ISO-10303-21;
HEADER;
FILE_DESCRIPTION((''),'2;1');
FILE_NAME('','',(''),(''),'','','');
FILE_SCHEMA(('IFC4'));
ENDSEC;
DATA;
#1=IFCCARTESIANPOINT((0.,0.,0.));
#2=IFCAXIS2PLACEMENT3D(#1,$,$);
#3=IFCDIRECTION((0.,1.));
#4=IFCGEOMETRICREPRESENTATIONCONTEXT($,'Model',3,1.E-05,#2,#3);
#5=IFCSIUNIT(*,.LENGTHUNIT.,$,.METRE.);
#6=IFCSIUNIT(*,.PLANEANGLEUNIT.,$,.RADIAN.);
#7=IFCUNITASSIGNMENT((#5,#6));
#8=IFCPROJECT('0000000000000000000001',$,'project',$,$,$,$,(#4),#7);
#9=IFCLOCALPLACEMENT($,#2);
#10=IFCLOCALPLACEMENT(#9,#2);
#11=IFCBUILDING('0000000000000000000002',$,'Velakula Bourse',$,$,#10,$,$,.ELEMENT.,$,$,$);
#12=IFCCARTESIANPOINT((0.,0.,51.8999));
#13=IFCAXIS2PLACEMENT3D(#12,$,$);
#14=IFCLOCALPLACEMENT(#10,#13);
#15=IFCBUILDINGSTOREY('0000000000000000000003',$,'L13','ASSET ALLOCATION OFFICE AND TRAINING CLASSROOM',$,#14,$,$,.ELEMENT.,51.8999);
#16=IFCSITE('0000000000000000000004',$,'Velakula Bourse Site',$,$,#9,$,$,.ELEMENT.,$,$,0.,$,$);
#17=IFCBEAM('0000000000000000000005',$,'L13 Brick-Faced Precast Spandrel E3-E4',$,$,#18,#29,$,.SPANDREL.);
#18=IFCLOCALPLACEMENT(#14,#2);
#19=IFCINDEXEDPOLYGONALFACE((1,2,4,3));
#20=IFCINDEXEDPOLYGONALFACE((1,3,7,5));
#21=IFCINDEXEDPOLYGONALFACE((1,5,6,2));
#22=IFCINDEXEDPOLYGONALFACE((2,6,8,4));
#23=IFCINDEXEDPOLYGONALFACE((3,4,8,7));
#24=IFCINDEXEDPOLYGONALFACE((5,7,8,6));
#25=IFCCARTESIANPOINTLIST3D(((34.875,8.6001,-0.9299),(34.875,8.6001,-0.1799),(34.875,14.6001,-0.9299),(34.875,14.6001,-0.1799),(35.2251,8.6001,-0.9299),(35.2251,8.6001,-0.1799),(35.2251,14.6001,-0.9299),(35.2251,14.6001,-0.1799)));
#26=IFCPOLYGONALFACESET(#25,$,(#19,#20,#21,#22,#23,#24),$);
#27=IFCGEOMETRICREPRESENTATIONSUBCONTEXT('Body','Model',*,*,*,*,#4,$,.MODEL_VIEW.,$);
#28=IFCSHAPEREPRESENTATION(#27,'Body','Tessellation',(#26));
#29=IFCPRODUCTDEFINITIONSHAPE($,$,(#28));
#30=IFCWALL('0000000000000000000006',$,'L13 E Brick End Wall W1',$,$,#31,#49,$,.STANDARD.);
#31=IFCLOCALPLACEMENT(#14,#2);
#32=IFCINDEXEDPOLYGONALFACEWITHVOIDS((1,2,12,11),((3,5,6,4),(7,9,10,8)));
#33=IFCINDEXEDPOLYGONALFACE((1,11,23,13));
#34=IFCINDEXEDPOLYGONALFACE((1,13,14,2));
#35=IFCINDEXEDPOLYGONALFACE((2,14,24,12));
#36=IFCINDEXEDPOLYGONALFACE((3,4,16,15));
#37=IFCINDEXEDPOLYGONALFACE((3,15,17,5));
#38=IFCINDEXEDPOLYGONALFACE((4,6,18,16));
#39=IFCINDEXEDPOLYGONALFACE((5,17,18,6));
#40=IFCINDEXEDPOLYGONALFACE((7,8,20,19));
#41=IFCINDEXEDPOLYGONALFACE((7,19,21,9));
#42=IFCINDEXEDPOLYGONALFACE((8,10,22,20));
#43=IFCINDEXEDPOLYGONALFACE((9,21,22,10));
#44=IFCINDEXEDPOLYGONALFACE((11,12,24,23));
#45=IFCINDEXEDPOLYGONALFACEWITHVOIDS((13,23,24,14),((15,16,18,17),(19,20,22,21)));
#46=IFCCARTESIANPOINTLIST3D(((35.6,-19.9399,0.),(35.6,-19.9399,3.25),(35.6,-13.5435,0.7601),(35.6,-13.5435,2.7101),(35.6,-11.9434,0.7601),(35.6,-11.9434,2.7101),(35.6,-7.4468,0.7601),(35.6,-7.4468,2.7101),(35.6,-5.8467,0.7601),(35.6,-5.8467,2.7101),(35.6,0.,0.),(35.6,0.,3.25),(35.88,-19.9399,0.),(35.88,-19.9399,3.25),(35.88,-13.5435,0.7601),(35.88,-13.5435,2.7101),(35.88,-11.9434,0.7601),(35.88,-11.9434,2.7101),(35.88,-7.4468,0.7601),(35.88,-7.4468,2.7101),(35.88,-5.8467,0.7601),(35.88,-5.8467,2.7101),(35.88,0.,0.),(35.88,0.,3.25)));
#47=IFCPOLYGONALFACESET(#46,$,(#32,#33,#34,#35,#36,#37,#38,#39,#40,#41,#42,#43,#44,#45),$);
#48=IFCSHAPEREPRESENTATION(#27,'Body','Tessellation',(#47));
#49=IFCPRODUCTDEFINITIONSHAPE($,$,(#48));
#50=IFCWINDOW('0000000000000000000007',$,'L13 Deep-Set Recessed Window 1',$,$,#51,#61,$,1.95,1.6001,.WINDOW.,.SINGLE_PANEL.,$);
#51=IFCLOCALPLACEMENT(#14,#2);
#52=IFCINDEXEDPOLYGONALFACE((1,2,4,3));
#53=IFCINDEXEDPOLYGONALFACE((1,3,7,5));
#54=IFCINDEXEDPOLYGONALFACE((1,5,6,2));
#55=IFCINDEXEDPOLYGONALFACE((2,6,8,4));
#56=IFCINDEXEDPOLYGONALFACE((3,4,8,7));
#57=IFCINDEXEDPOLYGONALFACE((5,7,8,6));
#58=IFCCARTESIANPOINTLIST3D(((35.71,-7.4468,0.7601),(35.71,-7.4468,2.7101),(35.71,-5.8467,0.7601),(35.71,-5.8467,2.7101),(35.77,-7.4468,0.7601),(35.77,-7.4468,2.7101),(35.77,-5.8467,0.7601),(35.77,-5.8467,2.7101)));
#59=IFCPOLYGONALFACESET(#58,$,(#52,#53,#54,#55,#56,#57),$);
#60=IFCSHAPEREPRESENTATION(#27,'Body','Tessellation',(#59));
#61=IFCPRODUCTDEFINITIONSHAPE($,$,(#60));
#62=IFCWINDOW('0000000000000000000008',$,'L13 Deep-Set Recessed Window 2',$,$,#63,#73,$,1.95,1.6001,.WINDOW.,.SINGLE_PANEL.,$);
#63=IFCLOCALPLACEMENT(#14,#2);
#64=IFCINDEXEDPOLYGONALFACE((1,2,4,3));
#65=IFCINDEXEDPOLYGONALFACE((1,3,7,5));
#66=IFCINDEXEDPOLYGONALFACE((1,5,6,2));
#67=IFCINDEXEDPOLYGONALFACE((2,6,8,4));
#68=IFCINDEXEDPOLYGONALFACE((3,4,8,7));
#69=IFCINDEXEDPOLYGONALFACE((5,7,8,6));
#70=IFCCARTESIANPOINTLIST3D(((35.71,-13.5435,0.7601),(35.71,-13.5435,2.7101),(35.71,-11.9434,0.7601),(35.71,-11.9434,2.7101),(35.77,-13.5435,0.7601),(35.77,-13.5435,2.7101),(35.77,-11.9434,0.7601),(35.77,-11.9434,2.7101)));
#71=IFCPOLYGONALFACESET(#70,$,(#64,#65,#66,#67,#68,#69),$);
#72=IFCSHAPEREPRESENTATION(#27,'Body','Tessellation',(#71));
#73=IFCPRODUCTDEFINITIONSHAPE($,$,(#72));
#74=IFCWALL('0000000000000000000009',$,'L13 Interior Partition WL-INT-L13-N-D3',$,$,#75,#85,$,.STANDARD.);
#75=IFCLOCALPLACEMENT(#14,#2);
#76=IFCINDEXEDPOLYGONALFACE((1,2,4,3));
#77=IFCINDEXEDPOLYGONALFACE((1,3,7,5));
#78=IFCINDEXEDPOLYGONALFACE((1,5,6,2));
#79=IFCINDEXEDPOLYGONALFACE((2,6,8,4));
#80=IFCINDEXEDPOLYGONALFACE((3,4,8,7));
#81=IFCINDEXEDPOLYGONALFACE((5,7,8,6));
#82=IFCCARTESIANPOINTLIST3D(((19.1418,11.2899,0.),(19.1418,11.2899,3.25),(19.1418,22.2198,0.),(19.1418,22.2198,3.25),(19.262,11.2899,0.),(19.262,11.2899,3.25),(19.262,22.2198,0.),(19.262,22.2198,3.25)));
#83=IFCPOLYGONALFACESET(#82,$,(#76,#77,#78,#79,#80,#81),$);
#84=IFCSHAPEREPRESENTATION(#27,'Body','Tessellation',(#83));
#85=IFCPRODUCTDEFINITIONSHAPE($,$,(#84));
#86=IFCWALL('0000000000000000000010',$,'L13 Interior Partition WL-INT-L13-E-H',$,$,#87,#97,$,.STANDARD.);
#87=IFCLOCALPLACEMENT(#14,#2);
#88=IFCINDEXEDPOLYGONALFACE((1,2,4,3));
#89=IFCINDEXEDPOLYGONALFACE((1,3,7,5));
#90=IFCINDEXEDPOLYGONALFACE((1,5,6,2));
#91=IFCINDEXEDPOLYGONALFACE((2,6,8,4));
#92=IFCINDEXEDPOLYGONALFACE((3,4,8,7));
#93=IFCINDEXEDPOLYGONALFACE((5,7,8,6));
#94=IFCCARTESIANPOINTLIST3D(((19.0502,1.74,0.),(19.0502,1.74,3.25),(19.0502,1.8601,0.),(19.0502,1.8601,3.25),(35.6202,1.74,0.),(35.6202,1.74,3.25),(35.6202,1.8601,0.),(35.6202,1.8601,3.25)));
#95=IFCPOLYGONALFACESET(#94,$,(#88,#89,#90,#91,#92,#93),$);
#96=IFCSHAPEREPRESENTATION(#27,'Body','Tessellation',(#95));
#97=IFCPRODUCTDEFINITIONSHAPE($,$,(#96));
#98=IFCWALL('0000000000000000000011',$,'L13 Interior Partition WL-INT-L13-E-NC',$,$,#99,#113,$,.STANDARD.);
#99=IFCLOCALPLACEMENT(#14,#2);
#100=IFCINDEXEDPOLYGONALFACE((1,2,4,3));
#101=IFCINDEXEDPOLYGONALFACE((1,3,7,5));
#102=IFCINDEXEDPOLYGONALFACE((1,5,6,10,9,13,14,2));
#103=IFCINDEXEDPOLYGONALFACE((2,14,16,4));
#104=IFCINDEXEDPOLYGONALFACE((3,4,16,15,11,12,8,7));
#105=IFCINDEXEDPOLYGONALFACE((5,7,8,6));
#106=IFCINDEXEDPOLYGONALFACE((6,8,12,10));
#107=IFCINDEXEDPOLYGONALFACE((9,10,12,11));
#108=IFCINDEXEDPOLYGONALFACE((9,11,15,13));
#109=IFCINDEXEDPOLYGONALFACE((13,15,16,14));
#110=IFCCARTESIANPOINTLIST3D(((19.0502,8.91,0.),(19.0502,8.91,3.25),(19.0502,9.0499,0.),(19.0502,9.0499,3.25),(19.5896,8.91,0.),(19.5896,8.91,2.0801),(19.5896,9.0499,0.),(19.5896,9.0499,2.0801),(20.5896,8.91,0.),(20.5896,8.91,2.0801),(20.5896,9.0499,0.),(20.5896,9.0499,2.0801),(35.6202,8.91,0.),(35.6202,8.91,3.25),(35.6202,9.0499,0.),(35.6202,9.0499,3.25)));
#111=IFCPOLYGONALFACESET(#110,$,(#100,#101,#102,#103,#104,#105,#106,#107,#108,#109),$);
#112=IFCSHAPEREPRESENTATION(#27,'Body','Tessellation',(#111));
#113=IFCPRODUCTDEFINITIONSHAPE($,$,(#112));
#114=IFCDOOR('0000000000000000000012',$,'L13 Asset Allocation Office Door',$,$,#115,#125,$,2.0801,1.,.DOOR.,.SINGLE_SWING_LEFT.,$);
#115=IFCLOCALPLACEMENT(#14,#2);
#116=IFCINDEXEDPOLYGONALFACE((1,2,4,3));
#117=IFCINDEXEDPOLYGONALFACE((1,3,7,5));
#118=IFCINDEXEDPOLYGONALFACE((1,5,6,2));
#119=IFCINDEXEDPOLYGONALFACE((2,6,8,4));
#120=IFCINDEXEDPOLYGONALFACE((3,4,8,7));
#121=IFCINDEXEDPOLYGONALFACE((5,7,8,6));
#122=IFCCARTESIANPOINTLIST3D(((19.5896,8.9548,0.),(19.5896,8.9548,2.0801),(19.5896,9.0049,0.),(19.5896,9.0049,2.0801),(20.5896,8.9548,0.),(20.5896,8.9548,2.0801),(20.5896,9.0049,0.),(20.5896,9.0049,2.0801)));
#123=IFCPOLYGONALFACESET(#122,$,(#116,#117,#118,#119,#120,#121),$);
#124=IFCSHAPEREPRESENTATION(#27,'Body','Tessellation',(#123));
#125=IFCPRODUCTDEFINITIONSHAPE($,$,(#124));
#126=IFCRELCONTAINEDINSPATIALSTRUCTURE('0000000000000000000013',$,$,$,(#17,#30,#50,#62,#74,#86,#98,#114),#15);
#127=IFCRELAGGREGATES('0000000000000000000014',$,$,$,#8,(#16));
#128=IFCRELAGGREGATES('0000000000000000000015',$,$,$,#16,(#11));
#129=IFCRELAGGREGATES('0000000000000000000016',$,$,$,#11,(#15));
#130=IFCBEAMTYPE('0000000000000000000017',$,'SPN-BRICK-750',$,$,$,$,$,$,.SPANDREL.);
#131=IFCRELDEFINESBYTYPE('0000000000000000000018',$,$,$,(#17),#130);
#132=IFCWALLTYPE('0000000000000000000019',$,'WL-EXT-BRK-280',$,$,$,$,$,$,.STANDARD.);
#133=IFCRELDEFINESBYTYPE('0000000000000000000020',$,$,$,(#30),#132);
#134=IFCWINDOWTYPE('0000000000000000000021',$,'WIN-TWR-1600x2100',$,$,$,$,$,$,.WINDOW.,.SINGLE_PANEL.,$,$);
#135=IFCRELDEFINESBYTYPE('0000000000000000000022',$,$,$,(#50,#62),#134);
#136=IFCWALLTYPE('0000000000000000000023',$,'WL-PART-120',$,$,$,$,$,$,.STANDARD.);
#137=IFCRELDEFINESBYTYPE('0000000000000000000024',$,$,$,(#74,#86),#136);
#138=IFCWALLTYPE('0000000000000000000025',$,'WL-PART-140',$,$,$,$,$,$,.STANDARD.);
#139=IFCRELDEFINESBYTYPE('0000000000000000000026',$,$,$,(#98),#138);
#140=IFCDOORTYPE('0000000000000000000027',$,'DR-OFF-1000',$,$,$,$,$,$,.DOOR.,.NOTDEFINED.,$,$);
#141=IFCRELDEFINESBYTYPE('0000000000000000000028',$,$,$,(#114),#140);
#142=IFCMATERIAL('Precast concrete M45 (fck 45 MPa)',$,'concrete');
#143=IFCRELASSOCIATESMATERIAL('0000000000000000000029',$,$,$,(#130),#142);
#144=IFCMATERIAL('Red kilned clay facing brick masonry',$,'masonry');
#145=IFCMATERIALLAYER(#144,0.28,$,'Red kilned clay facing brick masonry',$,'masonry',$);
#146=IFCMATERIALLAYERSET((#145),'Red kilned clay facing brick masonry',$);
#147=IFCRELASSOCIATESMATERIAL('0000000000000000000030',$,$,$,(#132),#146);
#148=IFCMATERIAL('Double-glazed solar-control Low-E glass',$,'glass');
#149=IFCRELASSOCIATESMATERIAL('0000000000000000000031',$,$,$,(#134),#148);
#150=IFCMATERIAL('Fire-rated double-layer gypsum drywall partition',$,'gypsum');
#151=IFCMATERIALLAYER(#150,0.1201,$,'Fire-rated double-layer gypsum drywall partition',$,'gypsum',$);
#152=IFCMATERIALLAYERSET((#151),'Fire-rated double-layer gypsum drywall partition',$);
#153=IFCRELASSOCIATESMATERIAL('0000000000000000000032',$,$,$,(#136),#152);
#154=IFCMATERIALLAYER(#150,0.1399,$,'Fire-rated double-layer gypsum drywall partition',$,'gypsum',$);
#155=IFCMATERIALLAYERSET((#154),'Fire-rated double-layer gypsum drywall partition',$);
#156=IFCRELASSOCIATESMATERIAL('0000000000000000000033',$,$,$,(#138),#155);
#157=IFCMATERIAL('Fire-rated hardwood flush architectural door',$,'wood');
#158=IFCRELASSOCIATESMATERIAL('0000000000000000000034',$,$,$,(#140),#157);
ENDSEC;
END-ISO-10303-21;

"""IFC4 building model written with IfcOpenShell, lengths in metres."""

from ifc_helpers import new_model, si_unit, direction, frame, frame_2d, origin, origin_2d, place, context, subcontext, project, spatial, rectangle, extrude, material, layer, layer_set, material_profile, profile_set, type_object, element, fill, save


model = new_model("IFC4")

# Units and contexts
model_context = context("Model", 3, precision=1e-05, world=origin(), true_north=direction((0.0, 1.0)))
body_context = subcontext(model_context, "Body", "Model", "MODEL_VIEW")
ifc_project = project(units=[si_unit("LENGTHUNIT", "METRE"), si_unit("PLANEANGLEUNIT", "RADIAN")], contexts=[model_context])

# Site, building, storey
site_placement = place(None, origin())
site = spatial("IfcSite", under=ifc_project, at=site_placement, Name="Velakula Bourse Site", CompositionType="ELEMENT", RefElevation=0.0)
building_placement = place(site_placement, origin())
building = spatial("IfcBuilding", under=site, at=building_placement, Name="Velakula Bourse", CompositionType="ELEMENT")
storey_placement = place(building_placement, frame((0.0, 0.0, 51.8999)))
storey = spatial("IfcBuildingStorey", under=building, at=storey_placement, Name="L13", Description="ASSET ALLOCATION OFFICE AND TRAINING CLASSROOM", CompositionType="ELEMENT", Elevation=51.8999)

# Beam
ifc_material_1 = material(Name="Precast concrete M45 (fck 45 MPa)", Category="concrete")
ifc_material_profile_1 = material_profile(ifc_material_1, rectangle(XDim=0.3501, YDim=0.75, at=origin_2d()), Name="Precast concrete M45 (fck 45 MPa)")
ifc_profile_set_1 = profile_set([ifc_material_profile_1], Name="Precast concrete M45 (fck 45 MPa)")
beam_type_1 = type_object("IfcBeamType", Name="SPN-BRICK-750", PredefinedType="SPANDREL", material=ifc_profile_set_1)
beam_1_placement = place(storey_placement, frame((35.05, 8.6001, -0.5549), z_axis=(0.0, 1.0, 0.0), x_axis=(-1.0, 0.0, 0.0)))
element("IfcBeam", 1, at=beam_1_placement, inside=storey, type_object=beam_type_1, Name="L13 Brick-Faced Precast Spandrel E3-E4", PredefinedType="SPANDREL", context=body_context, shape_type="SweptSolid", body=[
    extrude(rectangle(XDim=0.3501, YDim=0.75, at=origin_2d()), origin(), (0.0, 0.0, 1.0), 6.0),
])

# Wall, openings, windows
ifc_material_2 = material(Name="Red kilned clay facing brick masonry", Category="masonry")
ifc_layer_1 = layer(ifc_material_2, 0.28, Name="Red kilned clay facing brick masonry", Category="masonry")
ifc_layer_set_1 = layer_set([ifc_layer_1], Name="Red kilned clay facing brick masonry")
wall_type_1 = type_object("IfcWallType", Name="WL-EXT-BRK-280", PredefinedType="STANDARD", material=ifc_layer_set_1)
wall_1_placement = place(storey_placement, frame((35.74, 0.0, 0.0), z_axis=(0.0, 0.0, 1.0), x_axis=(0.0, -1.0, 0.0)))
wall_1 = element("IfcWall", 2, at=wall_1_placement, inside=storey, type_object=wall_type_1, Name="L13 E Brick End Wall W1", PredefinedType="STANDARD", context=body_context, shape_type="SweptSolid", body=[
    extrude(rectangle(XDim=19.9399, YDim=0.28, at=frame_2d((9.97, 0.0))), origin(), (0.0, 0.0, 1.0), 3.25),
])
opening_1_placement = place(wall_1_placement, frame((5.8467, 0.0, 0.76)))
opening_1 = element("IfcOpeningElement", 3, at=opening_1_placement, cuts=wall_1, PredefinedType="OPENING", context=body_context, shape_type="SweptSolid", body=[
    extrude(rectangle(XDim=1.6001, YDim=1.95, at=frame_2d((0.8, 0.9751))), frame((0.0, 0.1499, 0.0), z_axis=(0.0, -1.0, 0.0), x_axis=(1.0, 0.0, 0.0)), (0.0, 0.0, 1.0), 0.3),
])
opening_2_placement = place(wall_1_placement, frame((11.9434, 0.0, 0.76)))
opening_2 = element("IfcOpeningElement", 4, at=opening_2_placement, cuts=wall_1, PredefinedType="OPENING", context=body_context, shape_type="SweptSolid", body=[
    extrude(rectangle(XDim=1.6001, YDim=1.95, at=frame_2d((0.8, 0.9751))), frame((0.0, 0.1499, 0.0), z_axis=(0.0, -1.0, 0.0), x_axis=(1.0, 0.0, 0.0)), (0.0, 0.0, 1.0), 0.3),
])
ifc_material_3 = material(Name="Double-glazed solar-control Low-E glass", Category="glass")
window_type = type_object("IfcWindowType", Name="WIN-TWR-1600x2100", PartitioningType="SINGLE_PANEL", PredefinedType="WINDOW", material=ifc_material_3)
window_1_placement = place(opening_1_placement, origin())
window_1 = element("IfcWindow", 5, at=window_1_placement, inside=storey, type_object=window_type, Name="L13 Deep-Set Recessed Window 1", OverallHeight=1.95, OverallWidth=1.6001, PartitioningType="SINGLE_PANEL", PredefinedType="WINDOW", context=body_context, shape_type="SweptSolid", body=[
    extrude(rectangle(XDim=1.6001, YDim=1.95, at=frame_2d((0.8, 0.9751))), frame((0.0, 0.03, 0.0), z_axis=(0.0, -1.0, 0.0), x_axis=(1.0, 0.0, 0.0)), (0.0, 0.0, 1.0), 0.0601),
])
fill(opening_1, window_1)
window_2_placement = place(opening_2_placement, origin())
window_2 = element("IfcWindow", 6, at=window_2_placement, inside=storey, type_object=window_type, Name="L13 Deep-Set Recessed Window 2", OverallHeight=1.95, OverallWidth=1.6001, PartitioningType="SINGLE_PANEL", PredefinedType="WINDOW", context=body_context, shape_type="SweptSolid", body=[
    extrude(rectangle(XDim=1.6001, YDim=1.95, at=frame_2d((0.8, 0.9751))), frame((0.0, 0.03, 0.0), z_axis=(0.0, -1.0, 0.0), x_axis=(1.0, 0.0, 0.0)), (0.0, 0.0, 1.0), 0.0601),
])
fill(opening_2, window_2)

# Walls
ifc_material_4 = material(Name="Fire-rated double-layer gypsum drywall partition", Category="gypsum")
ifc_layer_2 = layer(ifc_material_4, 0.1201, Name="Fire-rated double-layer gypsum drywall partition", Category="gypsum")
ifc_layer_set_2 = layer_set([ifc_layer_2], Name="Fire-rated double-layer gypsum drywall partition")
wall_type_2 = type_object("IfcWallType", Name="WL-PART-120", PredefinedType="STANDARD", material=ifc_layer_set_2)
wall_2_placement = place(storey_placement, frame((19.2019, 11.29, 0.0), z_axis=(0.0, 0.0, 1.0), x_axis=(0.0, 1.0, 0.0)))
element("IfcWall", 7, at=wall_2_placement, inside=storey, type_object=wall_type_2, Name="L13 Interior Partition WL-INT-L13-N-D3", PredefinedType="STANDARD", context=body_context, shape_type="SweptSolid", body=[
    extrude(rectangle(XDim=10.9299, YDim=0.1201, at=frame_2d((5.4648, 0.0))), origin(), (0.0, 0.0, 1.0), 3.25),
])
wall_3_placement = place(storey_placement, frame((19.05, 1.8, 0.0), z_axis=(0.0, 0.0, 1.0), x_axis=(1.0, 0.0, 0.0)))
element("IfcWall", 8, at=wall_3_placement, inside=storey, type_object=wall_type_2, Name="L13 Interior Partition WL-INT-L13-E-H", PredefinedType="STANDARD", context=body_context, shape_type="SweptSolid", body=[
    extrude(rectangle(XDim=16.5701, YDim=0.1201, at=frame_2d((8.2852, 0.0))), origin(), (0.0, 0.0, 1.0), 3.25),
])

# Wall, opening, door
ifc_layer_3 = layer(ifc_material_4, 0.1399, Name="Fire-rated double-layer gypsum drywall partition", Category="gypsum")
ifc_layer_set_3 = layer_set([ifc_layer_3], Name="Fire-rated double-layer gypsum drywall partition")
wall_type_3 = type_object("IfcWallType", Name="WL-PART-140", PredefinedType="STANDARD", material=ifc_layer_set_3)
wall_4_placement = place(storey_placement, frame((19.05, 8.98, 0.0), z_axis=(0.0, 0.0, 1.0), x_axis=(1.0, 0.0, 0.0)))
wall_4 = element("IfcWall", 9, at=wall_4_placement, inside=storey, type_object=wall_type_3, Name="L13 Interior Partition WL-INT-L13-E-NC", PredefinedType="STANDARD", context=body_context, shape_type="SweptSolid", body=[
    extrude(rectangle(XDim=16.5701, YDim=0.1399, at=frame_2d((8.2852, 0.0))), origin(), (0.0, 0.0, 1.0), 3.25),
])
opening_3_placement = place(wall_4_placement, frame((0.5396, 0.0, 0.0)))
opening_3 = element("IfcOpeningElement", 10, at=opening_3_placement, cuts=wall_4, PredefinedType="OPENING", context=body_context, shape_type="SweptSolid", body=[
    extrude(rectangle(XDim=1.0, YDim=2.0801, at=frame_2d((0.5, 1.04))), frame((0.0, 0.0798, 0.0), z_axis=(0.0, -1.0, 0.0), x_axis=(1.0, 0.0, 0.0)), (0.0, 0.0, 1.0), 0.1599),
])
ifc_material_5 = material(Name="Fire-rated hardwood flush architectural door", Category="wood")
door_type = type_object("IfcDoorType", Name="DR-OFF-1000", OperationType="NOTDEFINED", PredefinedType="DOOR", material=ifc_material_5)
door_placement = place(opening_3_placement, origin())
door = element("IfcDoor", 11, at=door_placement, inside=storey, type_object=door_type, Name="L13 Asset Allocation Office Door", OperationType="SINGLE_SWING_LEFT", OverallHeight=2.0801, OverallWidth=1.0, PredefinedType="DOOR", context=body_context, shape_type="SweptSolid", body=[
    extrude(rectangle(XDim=1.0, YDim=2.0801, at=frame_2d((0.5, 1.04))), frame((0.0, 0.0249, 0.0), z_axis=(0.0, -1.0, 0.0), x_axis=(1.0, 0.0, 0.0)), (0.0, 0.0, 1.0), 0.05),
])
fill(opening_3, door)

save(model, "model.ifc")
